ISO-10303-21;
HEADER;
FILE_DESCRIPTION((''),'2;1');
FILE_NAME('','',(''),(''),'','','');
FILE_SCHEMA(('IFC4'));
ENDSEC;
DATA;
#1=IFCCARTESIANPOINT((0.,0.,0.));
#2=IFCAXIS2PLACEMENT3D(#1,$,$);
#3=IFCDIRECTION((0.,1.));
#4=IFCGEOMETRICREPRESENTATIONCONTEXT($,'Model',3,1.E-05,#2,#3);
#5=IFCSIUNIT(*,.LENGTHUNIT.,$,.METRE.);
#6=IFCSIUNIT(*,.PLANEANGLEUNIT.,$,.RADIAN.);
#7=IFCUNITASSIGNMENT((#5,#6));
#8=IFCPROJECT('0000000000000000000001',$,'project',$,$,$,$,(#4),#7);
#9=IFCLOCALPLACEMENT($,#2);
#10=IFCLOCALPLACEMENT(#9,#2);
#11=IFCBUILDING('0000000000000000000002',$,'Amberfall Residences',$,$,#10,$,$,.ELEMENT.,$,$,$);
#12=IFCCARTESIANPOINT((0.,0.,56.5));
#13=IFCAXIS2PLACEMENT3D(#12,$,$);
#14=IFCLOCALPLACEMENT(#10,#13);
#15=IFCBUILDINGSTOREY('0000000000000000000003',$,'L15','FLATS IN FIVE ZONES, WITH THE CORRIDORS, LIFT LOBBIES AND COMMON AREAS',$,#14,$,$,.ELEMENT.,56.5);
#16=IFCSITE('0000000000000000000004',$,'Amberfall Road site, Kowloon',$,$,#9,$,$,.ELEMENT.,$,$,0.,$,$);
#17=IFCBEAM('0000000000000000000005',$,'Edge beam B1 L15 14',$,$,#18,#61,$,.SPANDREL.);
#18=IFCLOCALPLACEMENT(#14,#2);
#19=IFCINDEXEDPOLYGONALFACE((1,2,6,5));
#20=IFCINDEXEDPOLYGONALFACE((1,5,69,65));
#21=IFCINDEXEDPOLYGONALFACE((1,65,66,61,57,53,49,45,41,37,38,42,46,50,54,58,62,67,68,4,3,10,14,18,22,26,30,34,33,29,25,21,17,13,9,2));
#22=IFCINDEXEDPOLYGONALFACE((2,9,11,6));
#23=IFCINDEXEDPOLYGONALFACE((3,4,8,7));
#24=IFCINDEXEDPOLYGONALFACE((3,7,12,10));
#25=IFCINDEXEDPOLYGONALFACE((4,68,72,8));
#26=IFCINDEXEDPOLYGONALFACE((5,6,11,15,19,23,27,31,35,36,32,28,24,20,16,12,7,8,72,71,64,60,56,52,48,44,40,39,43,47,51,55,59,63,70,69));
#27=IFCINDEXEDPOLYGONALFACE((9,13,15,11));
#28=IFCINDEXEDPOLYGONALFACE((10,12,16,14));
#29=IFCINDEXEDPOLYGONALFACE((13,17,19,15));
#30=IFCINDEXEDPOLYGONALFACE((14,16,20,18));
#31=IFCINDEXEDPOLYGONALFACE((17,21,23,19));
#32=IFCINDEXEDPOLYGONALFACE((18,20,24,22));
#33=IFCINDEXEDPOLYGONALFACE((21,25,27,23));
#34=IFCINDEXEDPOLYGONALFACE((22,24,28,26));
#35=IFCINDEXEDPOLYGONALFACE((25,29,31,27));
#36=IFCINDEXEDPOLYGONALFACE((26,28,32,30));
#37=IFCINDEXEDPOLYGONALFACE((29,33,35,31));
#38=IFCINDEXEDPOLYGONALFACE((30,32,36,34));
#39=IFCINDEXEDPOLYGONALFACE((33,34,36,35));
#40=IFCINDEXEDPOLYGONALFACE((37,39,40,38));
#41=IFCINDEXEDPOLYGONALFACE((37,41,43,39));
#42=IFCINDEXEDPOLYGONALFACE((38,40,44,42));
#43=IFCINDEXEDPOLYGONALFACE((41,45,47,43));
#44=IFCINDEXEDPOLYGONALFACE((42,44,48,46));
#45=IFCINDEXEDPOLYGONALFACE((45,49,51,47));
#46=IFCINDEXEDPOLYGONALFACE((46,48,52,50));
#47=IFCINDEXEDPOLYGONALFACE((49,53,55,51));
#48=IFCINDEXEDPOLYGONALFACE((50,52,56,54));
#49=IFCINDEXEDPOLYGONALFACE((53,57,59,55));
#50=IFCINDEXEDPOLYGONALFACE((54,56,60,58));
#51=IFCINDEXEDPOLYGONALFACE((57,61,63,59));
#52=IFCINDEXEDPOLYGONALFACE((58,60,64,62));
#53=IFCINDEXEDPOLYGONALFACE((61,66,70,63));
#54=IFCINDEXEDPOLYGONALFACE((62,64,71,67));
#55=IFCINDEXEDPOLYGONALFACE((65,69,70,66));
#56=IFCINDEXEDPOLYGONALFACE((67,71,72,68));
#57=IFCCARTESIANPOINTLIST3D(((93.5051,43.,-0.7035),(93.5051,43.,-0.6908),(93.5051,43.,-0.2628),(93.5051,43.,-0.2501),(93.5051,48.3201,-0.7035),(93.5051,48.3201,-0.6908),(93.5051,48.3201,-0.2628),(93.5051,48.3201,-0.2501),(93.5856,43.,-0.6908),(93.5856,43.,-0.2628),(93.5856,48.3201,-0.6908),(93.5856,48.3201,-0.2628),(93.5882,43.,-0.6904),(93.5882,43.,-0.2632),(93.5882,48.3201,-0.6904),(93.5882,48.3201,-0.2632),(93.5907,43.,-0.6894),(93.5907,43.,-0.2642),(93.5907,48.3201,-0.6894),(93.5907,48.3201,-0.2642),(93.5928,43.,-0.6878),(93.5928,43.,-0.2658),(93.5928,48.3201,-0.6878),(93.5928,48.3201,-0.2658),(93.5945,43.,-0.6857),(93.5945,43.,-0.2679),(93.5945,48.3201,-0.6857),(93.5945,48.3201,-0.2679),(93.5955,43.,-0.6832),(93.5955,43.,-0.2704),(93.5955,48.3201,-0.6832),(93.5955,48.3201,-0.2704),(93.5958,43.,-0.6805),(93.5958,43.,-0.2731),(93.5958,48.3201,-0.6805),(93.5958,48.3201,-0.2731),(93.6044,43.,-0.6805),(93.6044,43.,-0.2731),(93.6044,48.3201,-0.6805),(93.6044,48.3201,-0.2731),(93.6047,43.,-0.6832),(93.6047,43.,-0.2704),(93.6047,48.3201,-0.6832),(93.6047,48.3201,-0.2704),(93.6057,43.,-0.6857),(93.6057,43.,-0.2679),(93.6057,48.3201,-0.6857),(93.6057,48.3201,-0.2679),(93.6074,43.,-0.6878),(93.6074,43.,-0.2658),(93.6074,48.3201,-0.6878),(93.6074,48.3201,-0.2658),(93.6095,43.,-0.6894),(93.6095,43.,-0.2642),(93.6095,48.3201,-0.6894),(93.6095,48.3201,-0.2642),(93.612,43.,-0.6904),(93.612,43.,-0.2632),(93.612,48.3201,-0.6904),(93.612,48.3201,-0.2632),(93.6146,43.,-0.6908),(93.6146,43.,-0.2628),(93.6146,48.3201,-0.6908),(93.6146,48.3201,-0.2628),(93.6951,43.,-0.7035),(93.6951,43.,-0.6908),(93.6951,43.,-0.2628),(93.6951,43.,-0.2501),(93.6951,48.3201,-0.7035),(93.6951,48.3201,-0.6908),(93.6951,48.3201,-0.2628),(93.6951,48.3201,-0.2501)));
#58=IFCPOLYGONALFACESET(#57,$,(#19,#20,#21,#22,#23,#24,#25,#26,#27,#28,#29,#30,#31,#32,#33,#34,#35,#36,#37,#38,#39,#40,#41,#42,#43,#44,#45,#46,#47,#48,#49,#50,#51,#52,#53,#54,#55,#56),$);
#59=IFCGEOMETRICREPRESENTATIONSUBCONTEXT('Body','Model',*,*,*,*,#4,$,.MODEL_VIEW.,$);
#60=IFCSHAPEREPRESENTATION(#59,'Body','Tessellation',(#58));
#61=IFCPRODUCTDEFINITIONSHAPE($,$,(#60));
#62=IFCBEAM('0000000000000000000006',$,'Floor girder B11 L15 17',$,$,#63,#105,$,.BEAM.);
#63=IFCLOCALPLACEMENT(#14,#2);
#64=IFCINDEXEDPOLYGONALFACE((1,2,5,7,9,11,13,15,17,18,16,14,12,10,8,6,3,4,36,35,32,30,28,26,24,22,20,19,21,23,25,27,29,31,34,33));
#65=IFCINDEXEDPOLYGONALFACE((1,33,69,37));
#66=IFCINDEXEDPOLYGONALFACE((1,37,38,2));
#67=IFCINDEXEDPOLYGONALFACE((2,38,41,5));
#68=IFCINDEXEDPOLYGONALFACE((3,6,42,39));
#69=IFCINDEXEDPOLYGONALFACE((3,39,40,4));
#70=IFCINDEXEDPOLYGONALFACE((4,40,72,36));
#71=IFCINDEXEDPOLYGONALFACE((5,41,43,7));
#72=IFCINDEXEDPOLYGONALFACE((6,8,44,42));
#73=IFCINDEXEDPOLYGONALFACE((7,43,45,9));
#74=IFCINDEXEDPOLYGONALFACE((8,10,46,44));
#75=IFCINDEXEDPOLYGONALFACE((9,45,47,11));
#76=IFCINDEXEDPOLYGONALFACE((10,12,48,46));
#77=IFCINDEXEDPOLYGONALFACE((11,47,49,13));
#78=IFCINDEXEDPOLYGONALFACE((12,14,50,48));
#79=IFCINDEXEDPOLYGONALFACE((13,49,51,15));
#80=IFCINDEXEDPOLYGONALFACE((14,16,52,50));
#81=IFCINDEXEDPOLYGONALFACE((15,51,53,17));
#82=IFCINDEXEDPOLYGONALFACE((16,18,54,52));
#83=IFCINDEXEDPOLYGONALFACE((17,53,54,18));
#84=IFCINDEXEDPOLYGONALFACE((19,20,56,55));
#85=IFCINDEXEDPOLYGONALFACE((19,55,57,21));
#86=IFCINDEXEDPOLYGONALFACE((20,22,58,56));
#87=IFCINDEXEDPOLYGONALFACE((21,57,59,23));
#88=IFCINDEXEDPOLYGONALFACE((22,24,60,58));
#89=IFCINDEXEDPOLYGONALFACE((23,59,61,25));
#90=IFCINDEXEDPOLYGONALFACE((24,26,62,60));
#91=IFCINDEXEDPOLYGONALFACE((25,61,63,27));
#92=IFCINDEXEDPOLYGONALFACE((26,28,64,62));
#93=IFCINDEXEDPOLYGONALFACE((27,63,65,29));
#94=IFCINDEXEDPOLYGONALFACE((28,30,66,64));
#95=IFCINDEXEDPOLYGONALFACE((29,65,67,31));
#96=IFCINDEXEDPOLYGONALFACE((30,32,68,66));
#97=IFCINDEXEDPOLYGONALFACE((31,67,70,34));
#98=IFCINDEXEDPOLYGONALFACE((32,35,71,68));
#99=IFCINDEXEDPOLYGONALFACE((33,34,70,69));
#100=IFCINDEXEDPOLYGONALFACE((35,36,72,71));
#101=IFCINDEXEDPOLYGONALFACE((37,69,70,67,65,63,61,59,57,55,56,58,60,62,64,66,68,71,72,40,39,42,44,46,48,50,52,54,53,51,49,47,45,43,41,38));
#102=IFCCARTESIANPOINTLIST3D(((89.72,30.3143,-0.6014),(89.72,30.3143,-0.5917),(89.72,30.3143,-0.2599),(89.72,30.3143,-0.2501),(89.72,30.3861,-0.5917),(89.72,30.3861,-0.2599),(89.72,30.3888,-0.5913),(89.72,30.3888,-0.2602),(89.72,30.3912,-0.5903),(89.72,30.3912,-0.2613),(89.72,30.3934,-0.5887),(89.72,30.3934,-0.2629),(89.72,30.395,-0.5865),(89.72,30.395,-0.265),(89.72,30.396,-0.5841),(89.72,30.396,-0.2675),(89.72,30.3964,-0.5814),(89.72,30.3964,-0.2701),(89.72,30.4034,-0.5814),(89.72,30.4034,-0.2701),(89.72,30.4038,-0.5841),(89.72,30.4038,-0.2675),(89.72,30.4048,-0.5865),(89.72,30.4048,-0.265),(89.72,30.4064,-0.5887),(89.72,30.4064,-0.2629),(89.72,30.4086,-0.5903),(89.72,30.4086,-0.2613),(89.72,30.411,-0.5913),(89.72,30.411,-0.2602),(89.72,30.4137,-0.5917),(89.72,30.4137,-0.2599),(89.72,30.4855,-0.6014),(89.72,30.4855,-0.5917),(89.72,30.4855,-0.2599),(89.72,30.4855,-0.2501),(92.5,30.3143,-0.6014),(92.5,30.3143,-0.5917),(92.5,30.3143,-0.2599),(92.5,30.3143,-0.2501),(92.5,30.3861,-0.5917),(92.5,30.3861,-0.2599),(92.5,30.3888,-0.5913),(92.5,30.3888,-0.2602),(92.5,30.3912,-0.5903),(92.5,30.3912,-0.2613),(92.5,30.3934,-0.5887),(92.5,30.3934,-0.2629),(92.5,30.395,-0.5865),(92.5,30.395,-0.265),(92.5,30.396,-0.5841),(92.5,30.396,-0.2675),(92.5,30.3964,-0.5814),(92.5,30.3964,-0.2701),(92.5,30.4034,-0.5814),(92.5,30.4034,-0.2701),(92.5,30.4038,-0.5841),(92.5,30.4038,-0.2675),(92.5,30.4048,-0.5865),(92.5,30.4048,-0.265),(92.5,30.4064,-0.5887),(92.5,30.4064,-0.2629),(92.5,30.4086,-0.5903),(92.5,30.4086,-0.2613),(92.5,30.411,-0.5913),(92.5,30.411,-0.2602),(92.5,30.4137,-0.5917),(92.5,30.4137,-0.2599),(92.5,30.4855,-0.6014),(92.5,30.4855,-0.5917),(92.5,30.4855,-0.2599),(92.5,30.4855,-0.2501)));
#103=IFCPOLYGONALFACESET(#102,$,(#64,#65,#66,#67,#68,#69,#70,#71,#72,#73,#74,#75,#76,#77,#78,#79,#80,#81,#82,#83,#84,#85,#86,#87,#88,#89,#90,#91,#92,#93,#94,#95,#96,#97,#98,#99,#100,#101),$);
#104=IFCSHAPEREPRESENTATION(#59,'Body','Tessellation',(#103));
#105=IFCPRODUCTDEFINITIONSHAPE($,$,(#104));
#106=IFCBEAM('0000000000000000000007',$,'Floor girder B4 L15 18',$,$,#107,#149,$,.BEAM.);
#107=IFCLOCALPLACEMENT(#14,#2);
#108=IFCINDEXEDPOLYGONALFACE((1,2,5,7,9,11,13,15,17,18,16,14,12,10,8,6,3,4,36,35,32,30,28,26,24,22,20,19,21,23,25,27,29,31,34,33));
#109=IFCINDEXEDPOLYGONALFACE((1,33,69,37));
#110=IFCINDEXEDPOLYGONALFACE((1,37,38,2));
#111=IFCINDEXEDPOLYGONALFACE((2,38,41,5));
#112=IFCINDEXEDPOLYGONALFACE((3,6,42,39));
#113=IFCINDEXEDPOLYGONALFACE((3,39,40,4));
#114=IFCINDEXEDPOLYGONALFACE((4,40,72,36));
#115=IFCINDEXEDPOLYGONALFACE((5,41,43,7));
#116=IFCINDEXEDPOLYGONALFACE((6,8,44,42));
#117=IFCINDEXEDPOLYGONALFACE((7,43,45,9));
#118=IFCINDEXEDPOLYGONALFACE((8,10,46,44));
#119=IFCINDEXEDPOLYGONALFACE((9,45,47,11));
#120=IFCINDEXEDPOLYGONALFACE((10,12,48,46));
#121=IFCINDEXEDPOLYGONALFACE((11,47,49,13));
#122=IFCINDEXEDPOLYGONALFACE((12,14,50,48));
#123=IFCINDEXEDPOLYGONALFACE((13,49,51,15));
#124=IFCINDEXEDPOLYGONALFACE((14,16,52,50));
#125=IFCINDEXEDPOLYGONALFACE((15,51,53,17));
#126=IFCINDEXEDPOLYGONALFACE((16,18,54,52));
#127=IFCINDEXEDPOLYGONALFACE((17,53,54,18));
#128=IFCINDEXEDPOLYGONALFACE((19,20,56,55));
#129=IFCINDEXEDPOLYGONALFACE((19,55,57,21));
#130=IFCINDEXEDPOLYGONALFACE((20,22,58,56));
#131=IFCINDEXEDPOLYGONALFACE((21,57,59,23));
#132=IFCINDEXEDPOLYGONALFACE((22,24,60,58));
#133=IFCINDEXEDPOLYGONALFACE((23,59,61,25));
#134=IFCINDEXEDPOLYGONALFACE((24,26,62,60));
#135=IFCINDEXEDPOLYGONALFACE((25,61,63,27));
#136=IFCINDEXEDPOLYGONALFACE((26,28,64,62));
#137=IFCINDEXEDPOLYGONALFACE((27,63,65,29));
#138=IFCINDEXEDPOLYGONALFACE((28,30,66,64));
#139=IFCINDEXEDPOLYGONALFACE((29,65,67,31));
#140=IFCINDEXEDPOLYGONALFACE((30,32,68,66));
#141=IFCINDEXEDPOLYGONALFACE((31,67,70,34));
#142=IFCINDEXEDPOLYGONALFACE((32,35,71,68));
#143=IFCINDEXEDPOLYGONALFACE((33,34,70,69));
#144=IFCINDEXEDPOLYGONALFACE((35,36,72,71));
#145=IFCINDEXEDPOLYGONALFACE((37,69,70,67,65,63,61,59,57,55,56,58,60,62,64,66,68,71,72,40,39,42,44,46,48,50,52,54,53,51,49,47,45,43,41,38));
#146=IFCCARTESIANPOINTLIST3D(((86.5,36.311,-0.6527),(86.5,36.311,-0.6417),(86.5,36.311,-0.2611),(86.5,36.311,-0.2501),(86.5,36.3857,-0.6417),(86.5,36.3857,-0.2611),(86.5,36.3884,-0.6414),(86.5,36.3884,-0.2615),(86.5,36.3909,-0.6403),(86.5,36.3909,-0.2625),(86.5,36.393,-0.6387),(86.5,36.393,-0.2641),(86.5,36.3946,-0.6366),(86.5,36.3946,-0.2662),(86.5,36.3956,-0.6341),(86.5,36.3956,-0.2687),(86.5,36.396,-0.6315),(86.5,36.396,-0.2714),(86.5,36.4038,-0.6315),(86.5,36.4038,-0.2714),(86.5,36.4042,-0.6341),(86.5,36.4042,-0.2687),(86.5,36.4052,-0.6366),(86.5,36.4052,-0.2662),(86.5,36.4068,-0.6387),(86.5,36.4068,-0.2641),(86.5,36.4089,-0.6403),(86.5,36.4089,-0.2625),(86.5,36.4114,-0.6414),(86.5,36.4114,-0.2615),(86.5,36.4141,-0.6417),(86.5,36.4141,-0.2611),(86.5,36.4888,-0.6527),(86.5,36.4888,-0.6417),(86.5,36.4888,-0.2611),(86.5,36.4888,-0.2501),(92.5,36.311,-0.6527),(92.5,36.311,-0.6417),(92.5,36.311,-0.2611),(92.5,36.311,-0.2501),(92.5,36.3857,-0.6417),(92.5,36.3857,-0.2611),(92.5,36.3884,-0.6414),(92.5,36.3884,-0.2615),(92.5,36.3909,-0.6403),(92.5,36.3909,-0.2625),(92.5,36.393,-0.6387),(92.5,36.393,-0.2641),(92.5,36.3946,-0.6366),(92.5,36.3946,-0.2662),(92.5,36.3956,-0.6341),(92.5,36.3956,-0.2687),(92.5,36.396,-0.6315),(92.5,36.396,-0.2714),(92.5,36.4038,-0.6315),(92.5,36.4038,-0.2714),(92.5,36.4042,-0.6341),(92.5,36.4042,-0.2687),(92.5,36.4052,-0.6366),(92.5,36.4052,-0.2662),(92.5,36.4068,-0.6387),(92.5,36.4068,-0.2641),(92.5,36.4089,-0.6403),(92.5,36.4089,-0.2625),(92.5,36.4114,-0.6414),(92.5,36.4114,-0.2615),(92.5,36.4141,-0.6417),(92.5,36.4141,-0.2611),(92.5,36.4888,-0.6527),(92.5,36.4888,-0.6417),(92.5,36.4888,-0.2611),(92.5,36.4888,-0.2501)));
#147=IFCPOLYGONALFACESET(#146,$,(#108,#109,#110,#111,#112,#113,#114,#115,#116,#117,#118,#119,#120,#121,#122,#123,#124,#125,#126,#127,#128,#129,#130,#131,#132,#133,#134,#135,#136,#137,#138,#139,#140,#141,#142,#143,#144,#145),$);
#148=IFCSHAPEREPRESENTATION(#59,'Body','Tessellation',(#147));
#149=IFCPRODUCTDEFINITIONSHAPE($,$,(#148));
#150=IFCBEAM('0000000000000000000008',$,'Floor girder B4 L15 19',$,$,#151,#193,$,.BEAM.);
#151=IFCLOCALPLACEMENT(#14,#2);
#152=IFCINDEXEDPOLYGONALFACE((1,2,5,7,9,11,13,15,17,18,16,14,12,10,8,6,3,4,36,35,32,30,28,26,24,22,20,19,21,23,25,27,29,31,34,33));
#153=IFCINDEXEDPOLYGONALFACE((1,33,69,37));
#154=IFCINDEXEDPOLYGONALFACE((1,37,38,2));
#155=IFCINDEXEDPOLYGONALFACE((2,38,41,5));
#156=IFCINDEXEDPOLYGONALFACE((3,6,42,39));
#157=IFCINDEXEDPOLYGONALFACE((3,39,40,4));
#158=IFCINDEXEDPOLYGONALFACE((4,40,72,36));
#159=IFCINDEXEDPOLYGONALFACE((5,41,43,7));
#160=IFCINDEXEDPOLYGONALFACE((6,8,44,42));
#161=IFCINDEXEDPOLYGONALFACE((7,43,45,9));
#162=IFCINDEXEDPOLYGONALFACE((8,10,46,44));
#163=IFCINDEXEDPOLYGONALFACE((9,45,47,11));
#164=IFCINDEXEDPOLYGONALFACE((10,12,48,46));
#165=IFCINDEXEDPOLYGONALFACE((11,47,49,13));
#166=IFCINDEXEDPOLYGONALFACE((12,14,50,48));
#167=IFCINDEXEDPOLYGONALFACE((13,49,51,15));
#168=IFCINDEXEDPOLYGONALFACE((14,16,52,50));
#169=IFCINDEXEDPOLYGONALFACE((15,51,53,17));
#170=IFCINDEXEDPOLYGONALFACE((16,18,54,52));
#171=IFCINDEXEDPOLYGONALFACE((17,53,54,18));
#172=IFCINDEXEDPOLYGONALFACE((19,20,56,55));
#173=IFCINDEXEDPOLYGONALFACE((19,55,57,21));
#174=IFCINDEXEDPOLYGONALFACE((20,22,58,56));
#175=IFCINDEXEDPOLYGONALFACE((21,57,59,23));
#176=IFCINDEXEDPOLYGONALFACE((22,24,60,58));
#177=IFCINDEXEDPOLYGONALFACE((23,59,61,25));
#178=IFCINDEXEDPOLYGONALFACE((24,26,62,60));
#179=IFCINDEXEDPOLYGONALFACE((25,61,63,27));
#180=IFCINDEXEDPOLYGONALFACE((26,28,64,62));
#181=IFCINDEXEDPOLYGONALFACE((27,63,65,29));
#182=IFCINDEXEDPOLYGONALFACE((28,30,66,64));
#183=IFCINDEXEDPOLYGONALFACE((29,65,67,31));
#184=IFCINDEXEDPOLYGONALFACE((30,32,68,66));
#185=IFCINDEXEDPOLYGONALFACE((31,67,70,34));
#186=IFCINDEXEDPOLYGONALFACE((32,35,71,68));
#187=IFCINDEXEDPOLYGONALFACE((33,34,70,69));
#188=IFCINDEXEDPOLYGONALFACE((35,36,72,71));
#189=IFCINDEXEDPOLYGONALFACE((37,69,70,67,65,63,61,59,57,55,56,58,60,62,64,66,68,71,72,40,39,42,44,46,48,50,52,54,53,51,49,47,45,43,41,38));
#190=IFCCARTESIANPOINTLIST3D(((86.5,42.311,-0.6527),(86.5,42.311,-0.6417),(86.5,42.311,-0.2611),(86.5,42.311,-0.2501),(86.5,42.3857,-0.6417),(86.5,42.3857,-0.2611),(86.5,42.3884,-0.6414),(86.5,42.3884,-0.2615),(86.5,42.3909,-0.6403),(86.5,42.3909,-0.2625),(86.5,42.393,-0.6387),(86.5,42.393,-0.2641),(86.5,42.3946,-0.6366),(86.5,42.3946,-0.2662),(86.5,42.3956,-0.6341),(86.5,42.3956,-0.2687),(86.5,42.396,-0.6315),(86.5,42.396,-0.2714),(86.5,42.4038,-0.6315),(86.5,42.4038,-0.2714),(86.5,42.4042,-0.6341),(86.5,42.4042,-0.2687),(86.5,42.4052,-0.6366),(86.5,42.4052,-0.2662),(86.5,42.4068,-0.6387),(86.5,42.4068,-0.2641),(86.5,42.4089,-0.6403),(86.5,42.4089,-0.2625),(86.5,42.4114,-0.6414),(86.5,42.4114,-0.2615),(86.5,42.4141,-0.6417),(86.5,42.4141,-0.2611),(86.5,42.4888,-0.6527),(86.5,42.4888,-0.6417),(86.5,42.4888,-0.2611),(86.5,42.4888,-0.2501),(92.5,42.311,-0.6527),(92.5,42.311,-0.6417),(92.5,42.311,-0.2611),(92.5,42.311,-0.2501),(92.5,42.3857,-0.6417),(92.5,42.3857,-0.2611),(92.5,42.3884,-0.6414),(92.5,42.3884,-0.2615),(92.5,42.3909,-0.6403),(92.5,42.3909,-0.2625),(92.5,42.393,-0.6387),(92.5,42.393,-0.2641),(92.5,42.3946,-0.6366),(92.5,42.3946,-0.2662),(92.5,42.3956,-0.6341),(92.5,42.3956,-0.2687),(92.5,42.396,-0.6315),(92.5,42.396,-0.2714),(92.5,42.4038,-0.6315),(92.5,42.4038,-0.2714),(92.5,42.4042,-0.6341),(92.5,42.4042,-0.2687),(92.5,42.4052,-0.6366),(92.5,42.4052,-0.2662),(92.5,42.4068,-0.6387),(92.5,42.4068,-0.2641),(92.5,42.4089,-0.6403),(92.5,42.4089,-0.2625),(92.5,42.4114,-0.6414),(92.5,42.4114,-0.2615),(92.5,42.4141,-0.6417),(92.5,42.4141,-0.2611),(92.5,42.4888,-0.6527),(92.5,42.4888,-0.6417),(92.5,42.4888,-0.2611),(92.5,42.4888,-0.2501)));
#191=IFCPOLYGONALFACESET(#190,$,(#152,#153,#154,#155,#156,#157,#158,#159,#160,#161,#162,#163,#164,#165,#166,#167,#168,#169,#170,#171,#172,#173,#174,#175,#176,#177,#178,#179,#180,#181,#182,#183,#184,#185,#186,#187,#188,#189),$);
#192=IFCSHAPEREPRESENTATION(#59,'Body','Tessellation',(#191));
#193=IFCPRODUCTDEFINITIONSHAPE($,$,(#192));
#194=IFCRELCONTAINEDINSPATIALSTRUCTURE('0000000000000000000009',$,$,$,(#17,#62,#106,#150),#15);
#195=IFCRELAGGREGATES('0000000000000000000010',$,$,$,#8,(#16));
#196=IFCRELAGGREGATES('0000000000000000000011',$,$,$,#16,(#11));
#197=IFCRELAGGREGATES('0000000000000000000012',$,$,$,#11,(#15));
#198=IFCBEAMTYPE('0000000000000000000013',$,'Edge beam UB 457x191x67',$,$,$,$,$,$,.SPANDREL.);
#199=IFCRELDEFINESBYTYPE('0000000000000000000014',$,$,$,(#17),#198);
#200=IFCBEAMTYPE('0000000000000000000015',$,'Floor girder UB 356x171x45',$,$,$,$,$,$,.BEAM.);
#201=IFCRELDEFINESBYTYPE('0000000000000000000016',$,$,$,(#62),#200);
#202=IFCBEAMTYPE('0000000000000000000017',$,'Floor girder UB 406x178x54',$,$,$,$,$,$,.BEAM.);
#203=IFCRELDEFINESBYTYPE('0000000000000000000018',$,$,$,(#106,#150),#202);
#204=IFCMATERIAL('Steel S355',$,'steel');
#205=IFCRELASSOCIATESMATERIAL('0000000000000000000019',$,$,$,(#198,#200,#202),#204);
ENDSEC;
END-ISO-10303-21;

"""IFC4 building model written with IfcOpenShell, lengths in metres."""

from ifc_helpers import new_model, si_unit, direction, frame, origin, origin_2d, place, context, subcontext, project, spatial, i_section, extrude, material, material_profile, profile_set, type_object, element, save


model = new_model("IFC4")

# Units and contexts
model_context = context("Model", 3, precision=1e-05, world=origin(), true_north=direction((0.0, 1.0)))
body_context = subcontext(model_context, "Body", "Model", "MODEL_VIEW")
ifc_project = project(units=[si_unit("LENGTHUNIT", "METRE"), si_unit("PLANEANGLEUNIT", "RADIAN")], contexts=[model_context])

# Site, building, storey
site_placement = place(None, origin())
site = spatial("IfcSite", under=ifc_project, at=site_placement, Name="Amberfall Road site, Kowloon", CompositionType="ELEMENT", RefElevation=0.0)
building_placement = place(site_placement, origin())
building = spatial("IfcBuilding", under=site, at=building_placement, Name="Amberfall Residences", CompositionType="ELEMENT")
storey_placement = place(building_placement, frame((0.0, 0.0, 56.5)))
storey = spatial("IfcBuildingStorey", under=building, at=storey_placement, Name="L15", Description="FLATS IN FIVE ZONES, WITH THE CORRIDORS, LIFT LOBBIES AND COMMON AREAS", CompositionType="ELEMENT", Elevation=56.5)

# Beams
ifc_material_1 = material(Name="Steel S355", Category="steel")
ifc_material_profile_1 = material_profile(ifc_material_1, i_section(OverallWidth=0.1899, OverallDepth=0.4534, WebThickness=0.0085, FlangeThickness=0.0127, FilletRadius=0.0103, at=origin_2d()), Name="UB 457x191x67")
ifc_profile_set_1 = profile_set([ifc_material_profile_1], Name="Steel S355")
beam_type_1 = type_object("IfcBeamType", Name="Edge beam UB 457x191x67", PredefinedType="SPANDREL", material=ifc_profile_set_1)
beam_1_placement = place(storey_placement, frame((93.6001, 43.0, -0.4768), z_axis=(0.0, 1.0, 0.0), x_axis=(-1.0, 0.0, 0.0)))
element("IfcBeam", 1, at=beam_1_placement, inside=storey, type_object=beam_type_1, Name="Edge beam B1 L15 14", PredefinedType="SPANDREL", context=body_context, shape_type="SweptSolid", body=[
    extrude(i_section(OverallWidth=0.1899, OverallDepth=0.4534, WebThickness=0.0085, FlangeThickness=0.0127, FilletRadius=0.0103, at=origin_2d()), origin(), (0.0, 0.0, 1.0), 5.3201),
])
ifc_material_profile_2 = material_profile(ifc_material_1, i_section(OverallWidth=0.1711, OverallDepth=0.3513, WebThickness=0.0071, FlangeThickness=0.0098, FilletRadius=0.0103, at=origin_2d()), Name="UB 356x171x45")
ifc_profile_set_2 = profile_set([ifc_material_profile_2], Name="Steel S355")
beam_type_2 = type_object("IfcBeamType", Name="Floor girder UB 356x171x45", PredefinedType="BEAM", material=ifc_profile_set_2)
beam_2_placement = place(storey_placement, frame((92.5, 30.3999, -0.4258), z_axis=(-1.0, 0.0, 0.0), x_axis=(0.0, -1.0, 0.0)))
element("IfcBeam", 2, at=beam_2_placement, inside=storey, type_object=beam_type_2, Name="Floor girder B11 L15 17", PredefinedType="BEAM", context=body_context, shape_type="SweptSolid", body=[
    extrude(i_section(OverallWidth=0.1711, OverallDepth=0.3513, WebThickness=0.0071, FlangeThickness=0.0098, FilletRadius=0.0103, at=origin_2d()), origin(), (0.0, 0.0, 1.0), 2.78),
])
ifc_material_profile_3 = material_profile(ifc_material_1, i_section(OverallWidth=0.1777, OverallDepth=0.4026, WebThickness=0.0078, FlangeThickness=0.011, FilletRadius=0.0103, at=origin_2d()), Name="UB 406x178x54")
ifc_profile_set_3 = profile_set([ifc_material_profile_3], Name="Steel S355")
beam_type_3 = type_object("IfcBeamType", Name="Floor girder UB 406x178x54", PredefinedType="BEAM", material=ifc_profile_set_3)
for number, where, z_axis, x_axis, name in (
    (3, (92.5, 36.3999, -0.4514), (-1.0, 0.0, 0.0), (0.0, -1.0, 0.0), "Floor girder B4 L15 18"),
    (4, (92.5, 42.3999, -0.4514), (-1.0, 0.0, 0.0), (0.0, -1.0, 0.0), "Floor girder B4 L15 19"),
):
    element("IfcBeam", number, at=place(storey_placement, frame(where, z_axis=z_axis, x_axis=x_axis)), inside=storey, type_object=beam_type_3, Name=name, PredefinedType="BEAM", context=body_context, shape_type="SweptSolid", body=[
        extrude(i_section(OverallWidth=0.1777, OverallDepth=0.4026, WebThickness=0.0078, FlangeThickness=0.011, FilletRadius=0.0103, at=origin_2d()), origin(), (0.0, 0.0, 1.0), 6.0),
    ])

save(model, "model.ifc")
